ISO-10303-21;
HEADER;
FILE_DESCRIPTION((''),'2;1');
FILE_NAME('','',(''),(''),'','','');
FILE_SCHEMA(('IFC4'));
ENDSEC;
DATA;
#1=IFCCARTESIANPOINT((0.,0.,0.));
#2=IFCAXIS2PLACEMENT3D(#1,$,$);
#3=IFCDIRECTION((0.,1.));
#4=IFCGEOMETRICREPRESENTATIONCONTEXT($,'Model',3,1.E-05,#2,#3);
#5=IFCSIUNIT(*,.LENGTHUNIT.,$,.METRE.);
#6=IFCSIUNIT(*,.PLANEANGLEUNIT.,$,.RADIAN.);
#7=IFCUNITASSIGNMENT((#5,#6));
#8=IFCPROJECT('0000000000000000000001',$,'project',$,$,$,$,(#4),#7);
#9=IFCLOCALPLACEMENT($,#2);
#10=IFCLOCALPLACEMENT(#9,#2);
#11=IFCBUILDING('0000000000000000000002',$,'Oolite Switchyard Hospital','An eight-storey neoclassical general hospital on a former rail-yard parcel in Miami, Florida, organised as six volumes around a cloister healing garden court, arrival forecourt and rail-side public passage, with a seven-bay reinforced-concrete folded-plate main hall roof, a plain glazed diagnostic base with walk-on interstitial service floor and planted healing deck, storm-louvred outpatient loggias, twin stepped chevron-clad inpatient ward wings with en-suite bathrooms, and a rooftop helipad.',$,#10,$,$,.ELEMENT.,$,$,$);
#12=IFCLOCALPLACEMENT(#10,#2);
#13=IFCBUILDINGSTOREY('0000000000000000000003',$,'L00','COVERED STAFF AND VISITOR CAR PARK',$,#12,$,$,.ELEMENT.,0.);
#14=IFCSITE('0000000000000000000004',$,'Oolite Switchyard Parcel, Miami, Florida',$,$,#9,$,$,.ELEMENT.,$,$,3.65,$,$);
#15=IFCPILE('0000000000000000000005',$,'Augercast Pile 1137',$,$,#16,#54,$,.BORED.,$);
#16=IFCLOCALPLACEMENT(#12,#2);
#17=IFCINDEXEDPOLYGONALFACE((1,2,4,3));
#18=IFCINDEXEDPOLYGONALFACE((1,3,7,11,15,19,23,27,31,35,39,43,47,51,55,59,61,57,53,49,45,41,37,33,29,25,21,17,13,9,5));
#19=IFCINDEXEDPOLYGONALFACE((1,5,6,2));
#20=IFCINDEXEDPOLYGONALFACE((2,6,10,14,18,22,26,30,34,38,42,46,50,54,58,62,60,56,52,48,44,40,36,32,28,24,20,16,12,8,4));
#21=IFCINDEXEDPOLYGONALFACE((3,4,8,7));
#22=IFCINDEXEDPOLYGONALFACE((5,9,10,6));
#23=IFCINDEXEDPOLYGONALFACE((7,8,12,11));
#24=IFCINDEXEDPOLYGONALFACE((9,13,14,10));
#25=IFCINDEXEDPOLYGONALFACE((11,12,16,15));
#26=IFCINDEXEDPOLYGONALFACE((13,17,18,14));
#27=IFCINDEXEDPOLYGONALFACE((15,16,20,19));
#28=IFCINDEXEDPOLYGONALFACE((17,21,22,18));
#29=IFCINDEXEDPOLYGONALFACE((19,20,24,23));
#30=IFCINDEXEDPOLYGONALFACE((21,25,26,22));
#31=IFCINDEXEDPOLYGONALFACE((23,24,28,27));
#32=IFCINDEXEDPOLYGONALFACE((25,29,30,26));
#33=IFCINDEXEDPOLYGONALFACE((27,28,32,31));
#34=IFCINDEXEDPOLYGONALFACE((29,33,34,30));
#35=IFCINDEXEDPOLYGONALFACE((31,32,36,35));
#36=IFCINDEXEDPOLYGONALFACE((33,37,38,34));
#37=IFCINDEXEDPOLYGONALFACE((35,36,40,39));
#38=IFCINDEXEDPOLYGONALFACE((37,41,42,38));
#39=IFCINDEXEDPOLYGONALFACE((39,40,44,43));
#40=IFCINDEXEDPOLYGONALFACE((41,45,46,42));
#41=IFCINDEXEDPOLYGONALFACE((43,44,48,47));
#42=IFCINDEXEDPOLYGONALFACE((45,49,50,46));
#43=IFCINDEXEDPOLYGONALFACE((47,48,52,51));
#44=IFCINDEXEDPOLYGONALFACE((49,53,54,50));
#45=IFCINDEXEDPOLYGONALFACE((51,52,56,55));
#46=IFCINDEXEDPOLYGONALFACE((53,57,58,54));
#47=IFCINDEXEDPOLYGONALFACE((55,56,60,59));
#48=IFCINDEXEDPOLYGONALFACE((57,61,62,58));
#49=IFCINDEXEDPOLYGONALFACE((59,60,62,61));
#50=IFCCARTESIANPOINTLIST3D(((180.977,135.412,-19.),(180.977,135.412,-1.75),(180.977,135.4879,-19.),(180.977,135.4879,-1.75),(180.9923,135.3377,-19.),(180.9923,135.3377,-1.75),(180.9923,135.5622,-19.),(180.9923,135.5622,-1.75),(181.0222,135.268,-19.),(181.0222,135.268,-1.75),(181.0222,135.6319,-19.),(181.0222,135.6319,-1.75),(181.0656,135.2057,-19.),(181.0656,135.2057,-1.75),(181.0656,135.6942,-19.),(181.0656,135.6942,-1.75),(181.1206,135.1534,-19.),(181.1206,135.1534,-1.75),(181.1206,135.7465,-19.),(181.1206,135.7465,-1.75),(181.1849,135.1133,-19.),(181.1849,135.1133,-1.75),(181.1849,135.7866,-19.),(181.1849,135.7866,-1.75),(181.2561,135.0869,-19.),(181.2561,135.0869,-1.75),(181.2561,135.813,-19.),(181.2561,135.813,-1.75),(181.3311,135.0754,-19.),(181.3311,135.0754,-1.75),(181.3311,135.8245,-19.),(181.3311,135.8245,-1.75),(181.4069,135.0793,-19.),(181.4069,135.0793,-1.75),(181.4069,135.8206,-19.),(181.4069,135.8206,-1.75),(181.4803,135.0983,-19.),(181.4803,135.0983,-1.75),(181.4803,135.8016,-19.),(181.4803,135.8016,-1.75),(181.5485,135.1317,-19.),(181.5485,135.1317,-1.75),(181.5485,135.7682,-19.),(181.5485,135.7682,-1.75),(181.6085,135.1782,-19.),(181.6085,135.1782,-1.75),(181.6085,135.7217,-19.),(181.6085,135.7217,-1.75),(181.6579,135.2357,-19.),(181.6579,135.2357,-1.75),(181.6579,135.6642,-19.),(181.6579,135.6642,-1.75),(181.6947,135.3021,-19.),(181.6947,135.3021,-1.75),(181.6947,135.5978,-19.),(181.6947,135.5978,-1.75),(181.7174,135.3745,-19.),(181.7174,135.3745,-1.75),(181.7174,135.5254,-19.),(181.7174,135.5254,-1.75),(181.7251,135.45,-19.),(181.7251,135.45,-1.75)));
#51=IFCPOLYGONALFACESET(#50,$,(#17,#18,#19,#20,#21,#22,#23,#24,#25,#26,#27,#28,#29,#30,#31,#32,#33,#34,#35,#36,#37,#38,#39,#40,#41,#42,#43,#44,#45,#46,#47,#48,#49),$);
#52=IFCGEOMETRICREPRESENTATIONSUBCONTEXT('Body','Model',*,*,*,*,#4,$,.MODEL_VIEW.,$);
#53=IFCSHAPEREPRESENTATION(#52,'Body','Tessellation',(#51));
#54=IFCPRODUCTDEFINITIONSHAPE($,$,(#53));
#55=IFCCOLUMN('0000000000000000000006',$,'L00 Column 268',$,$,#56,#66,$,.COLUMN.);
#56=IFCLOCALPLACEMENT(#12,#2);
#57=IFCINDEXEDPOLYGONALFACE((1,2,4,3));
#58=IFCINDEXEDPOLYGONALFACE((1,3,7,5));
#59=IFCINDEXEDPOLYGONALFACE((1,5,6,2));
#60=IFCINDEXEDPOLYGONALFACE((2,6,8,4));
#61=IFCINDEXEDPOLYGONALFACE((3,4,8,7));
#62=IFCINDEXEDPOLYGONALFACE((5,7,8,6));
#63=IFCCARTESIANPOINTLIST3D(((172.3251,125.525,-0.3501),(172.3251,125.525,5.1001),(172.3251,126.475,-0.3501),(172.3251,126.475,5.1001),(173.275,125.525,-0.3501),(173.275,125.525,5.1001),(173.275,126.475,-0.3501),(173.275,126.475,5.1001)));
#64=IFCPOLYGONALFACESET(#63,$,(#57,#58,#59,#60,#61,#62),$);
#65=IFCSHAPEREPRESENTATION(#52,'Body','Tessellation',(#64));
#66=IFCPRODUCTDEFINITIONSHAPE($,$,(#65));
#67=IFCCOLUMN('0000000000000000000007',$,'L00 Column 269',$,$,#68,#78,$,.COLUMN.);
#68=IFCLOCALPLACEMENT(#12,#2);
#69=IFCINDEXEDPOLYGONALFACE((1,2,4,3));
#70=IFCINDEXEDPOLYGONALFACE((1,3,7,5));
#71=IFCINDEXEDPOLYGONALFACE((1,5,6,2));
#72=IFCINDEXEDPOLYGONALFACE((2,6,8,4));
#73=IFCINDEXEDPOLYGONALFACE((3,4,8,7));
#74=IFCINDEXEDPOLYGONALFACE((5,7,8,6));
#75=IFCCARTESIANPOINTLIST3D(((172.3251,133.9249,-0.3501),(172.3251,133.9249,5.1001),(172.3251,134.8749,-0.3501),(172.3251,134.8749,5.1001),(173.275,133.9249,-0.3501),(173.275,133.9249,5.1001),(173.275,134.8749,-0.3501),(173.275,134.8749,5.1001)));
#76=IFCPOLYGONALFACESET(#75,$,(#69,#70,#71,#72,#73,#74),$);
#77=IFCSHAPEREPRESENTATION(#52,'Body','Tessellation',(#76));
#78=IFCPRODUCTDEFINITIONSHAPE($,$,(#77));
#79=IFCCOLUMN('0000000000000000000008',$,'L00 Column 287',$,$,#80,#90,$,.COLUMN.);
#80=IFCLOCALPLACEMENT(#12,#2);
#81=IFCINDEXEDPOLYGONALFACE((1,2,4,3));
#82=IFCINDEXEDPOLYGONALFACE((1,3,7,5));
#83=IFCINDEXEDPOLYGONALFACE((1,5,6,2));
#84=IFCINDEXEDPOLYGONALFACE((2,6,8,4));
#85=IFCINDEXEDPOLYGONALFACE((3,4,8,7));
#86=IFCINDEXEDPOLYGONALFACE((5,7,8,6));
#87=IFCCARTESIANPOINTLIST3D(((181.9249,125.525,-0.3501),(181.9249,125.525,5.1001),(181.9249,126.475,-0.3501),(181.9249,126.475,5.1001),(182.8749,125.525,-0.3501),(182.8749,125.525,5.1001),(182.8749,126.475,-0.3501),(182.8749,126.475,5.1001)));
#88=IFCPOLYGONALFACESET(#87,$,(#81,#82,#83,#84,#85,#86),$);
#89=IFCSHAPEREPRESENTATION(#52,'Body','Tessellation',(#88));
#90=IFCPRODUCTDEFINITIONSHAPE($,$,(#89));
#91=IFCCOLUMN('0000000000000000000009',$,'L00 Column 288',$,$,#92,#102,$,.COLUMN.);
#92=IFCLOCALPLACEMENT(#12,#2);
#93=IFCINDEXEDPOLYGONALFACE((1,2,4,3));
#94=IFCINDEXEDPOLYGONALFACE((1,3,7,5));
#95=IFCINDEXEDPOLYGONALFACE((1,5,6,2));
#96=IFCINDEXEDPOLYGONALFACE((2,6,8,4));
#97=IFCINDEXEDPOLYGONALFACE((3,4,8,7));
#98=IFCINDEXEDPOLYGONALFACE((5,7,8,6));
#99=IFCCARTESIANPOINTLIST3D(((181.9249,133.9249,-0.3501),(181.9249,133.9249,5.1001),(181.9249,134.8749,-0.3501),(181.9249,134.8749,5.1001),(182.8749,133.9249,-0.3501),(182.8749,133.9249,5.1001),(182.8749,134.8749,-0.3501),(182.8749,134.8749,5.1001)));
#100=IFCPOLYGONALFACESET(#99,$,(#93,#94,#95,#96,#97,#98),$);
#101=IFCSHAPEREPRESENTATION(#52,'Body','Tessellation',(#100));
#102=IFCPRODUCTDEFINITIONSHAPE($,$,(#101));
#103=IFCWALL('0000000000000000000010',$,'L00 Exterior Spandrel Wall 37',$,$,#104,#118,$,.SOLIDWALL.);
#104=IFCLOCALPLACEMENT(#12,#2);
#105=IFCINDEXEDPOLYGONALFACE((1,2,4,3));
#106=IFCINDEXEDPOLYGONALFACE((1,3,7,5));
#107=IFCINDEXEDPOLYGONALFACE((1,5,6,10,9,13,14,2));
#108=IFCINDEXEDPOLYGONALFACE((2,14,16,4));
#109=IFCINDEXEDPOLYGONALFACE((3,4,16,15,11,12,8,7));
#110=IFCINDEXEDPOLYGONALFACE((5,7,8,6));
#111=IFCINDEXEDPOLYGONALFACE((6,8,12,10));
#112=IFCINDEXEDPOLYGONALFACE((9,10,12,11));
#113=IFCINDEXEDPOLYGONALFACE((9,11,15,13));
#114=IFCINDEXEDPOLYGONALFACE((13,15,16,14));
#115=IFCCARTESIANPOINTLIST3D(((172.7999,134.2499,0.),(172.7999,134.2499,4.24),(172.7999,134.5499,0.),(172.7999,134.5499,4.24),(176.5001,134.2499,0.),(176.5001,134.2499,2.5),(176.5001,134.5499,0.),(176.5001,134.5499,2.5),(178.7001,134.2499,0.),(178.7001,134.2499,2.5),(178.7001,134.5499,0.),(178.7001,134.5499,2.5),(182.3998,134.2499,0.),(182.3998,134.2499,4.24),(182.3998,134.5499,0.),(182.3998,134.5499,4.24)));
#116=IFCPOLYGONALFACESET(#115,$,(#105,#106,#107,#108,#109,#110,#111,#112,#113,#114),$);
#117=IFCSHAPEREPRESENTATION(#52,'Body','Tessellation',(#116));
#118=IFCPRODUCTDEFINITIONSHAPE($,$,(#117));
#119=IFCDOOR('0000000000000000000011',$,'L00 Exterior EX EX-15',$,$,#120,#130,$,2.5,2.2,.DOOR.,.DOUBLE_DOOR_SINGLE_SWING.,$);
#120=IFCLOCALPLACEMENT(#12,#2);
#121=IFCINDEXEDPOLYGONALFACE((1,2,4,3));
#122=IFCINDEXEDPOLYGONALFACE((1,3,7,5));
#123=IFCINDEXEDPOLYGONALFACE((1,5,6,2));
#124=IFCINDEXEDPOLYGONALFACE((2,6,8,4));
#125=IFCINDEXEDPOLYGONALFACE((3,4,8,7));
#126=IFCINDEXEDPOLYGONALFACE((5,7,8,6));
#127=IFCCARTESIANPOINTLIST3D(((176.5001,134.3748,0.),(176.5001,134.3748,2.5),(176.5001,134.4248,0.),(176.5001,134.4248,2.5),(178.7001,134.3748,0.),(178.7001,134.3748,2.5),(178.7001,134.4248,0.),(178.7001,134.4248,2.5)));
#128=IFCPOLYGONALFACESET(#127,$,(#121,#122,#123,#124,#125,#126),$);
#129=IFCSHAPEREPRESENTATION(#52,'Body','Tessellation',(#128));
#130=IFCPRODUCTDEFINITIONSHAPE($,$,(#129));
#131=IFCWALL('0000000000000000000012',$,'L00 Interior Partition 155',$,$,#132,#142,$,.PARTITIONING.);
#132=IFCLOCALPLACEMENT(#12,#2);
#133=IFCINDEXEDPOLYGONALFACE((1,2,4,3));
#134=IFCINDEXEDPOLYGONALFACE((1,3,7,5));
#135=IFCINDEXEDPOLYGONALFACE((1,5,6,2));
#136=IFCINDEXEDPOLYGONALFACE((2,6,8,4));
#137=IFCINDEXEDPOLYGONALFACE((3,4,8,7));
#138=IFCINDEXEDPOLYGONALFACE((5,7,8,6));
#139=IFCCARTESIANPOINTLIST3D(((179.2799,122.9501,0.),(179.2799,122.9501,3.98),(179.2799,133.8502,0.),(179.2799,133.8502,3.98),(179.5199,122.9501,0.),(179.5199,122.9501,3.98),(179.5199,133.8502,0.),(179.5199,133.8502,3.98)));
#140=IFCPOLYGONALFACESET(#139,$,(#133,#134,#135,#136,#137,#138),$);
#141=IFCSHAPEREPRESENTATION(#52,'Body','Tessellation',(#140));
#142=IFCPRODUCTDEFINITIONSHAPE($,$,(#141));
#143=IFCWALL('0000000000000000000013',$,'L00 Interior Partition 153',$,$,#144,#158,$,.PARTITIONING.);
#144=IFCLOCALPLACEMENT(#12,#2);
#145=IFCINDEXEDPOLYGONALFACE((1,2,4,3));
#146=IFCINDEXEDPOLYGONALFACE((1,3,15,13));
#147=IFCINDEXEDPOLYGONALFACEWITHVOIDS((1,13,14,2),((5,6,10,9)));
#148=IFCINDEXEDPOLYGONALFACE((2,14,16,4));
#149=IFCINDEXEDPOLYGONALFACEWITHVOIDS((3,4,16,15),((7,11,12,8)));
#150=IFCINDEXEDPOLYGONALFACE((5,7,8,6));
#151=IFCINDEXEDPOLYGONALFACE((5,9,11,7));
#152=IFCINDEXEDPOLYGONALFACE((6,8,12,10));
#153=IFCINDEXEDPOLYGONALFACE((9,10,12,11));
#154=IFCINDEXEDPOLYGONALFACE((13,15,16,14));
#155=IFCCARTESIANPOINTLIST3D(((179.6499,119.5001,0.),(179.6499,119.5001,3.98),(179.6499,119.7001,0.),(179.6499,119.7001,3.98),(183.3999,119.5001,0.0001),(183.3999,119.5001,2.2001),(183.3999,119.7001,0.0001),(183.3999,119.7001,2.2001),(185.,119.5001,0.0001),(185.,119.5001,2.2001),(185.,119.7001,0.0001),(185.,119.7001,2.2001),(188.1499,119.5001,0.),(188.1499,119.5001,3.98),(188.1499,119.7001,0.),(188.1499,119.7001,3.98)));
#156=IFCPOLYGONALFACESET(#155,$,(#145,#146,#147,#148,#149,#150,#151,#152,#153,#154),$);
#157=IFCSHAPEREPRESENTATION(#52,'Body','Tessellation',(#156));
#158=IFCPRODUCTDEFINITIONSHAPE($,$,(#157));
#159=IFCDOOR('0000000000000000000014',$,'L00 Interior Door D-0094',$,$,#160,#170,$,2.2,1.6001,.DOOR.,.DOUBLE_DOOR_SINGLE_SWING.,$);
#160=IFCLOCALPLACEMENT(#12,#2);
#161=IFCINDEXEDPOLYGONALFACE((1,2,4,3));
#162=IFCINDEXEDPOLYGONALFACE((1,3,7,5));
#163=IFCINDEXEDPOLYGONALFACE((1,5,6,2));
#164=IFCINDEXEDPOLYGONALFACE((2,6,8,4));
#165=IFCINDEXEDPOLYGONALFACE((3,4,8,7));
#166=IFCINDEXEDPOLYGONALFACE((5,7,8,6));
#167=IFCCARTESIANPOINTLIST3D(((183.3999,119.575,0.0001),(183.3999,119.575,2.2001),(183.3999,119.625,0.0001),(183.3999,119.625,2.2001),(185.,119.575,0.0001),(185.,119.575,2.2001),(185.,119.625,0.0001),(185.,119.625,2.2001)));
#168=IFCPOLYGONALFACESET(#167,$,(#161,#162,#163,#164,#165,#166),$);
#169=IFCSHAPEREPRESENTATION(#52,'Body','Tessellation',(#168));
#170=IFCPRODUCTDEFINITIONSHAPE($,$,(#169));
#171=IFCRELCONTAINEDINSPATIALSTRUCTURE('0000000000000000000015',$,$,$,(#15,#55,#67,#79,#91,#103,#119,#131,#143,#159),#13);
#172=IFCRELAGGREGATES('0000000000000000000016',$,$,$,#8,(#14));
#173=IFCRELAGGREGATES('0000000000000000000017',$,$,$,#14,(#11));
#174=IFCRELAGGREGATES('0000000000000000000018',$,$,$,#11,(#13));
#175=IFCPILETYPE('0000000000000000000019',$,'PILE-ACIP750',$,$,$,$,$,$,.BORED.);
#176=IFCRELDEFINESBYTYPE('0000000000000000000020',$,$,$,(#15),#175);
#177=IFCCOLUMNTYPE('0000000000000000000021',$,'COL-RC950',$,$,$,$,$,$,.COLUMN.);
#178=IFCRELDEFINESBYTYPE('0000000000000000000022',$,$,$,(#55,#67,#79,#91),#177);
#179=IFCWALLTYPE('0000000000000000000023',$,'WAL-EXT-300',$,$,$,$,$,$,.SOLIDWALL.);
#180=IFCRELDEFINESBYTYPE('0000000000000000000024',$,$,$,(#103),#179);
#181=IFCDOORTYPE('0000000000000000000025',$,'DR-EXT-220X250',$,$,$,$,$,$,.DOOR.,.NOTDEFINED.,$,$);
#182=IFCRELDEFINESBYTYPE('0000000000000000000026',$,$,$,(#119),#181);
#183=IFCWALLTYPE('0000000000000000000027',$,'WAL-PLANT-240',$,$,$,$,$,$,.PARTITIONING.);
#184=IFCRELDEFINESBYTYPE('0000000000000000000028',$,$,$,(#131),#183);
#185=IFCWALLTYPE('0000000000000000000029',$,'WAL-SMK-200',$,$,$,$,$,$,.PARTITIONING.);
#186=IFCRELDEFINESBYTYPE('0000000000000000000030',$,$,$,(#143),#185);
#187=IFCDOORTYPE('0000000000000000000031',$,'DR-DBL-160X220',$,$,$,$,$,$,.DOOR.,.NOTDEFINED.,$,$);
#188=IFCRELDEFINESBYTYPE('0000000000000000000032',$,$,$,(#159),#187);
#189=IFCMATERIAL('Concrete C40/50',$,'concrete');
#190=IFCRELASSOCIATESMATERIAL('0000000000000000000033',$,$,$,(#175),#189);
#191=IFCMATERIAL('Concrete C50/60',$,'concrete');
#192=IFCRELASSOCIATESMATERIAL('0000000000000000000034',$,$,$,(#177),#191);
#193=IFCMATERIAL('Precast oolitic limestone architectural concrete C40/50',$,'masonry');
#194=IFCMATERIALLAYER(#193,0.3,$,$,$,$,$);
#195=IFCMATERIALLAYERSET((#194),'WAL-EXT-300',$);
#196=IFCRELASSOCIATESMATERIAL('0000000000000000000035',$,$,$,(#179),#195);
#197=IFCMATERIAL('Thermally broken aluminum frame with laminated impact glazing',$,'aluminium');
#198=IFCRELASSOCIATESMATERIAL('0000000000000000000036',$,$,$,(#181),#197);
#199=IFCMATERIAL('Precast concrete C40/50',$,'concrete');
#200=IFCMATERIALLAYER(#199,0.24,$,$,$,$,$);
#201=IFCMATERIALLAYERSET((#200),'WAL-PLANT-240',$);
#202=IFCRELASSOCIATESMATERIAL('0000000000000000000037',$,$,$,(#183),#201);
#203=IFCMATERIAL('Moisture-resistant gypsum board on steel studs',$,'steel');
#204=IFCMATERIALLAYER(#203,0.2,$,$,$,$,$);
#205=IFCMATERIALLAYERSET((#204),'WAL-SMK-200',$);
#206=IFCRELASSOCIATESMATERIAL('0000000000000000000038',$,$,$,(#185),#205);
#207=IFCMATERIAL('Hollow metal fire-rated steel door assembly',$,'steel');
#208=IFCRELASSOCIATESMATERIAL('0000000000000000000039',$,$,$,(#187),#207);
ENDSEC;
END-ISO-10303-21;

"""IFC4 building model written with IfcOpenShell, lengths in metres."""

from ifc_helpers import new_model, si_unit, direction, frame, frame_2d, origin, origin_2d, place, context, subcontext, project, spatial, rectangle, circle, extrude, material, layer, layer_set, material_profile, profile_set, type_object, element, fill, save


model = new_model("IFC4")

# Units and contexts
model_context = context("Model", 3, precision=1e-05, world=origin(), true_north=direction((0.0, 1.0)))
body_context = subcontext(model_context, "Body", "Model", "MODEL_VIEW")
ifc_project = project(units=[si_unit("LENGTHUNIT", "METRE"), si_unit("PLANEANGLEUNIT", "RADIAN")], contexts=[model_context])

# Site, building, storey
site_placement = place(None, origin())
site = spatial("IfcSite", under=ifc_project, at=site_placement, Name="Oolite Switchyard Parcel, Miami, Florida", CompositionType="ELEMENT", RefElevation=3.65)
building_placement = place(site_placement, origin())
building = spatial("IfcBuilding", under=site, at=building_placement, Name="Oolite Switchyard Hospital", Description="An eight-storey neoclassical general hospital on a former rail-yard parcel in Miami, Florida, organised as six volumes around a cloister healing garden court, arrival forecourt and rail-side public passage, with a seven-bay reinforced-concrete folded-plate main hall roof, a plain glazed diagnostic base with walk-on interstitial service floor and planted healing deck, storm-louvred outpatient loggias, twin stepped chevron-clad inpatient ward wings with en-suite bathrooms, and a rooftop helipad.", CompositionType="ELEMENT")
storey_placement = place(building_placement, origin())
storey = spatial("IfcBuildingStorey", under=building, at=storey_placement, Name="L00", Description="COVERED STAFF AND VISITOR CAR PARK", CompositionType="ELEMENT", Elevation=0.0)

# Shared definitions
ifc_material_1 = material(Name="Concrete C40/50", Category="concrete")

# Pile
ifc_material_profile_1 = material_profile(ifc_material_1, circle(Radius=0.375, at=origin_2d()), Name="PILE750")
ifc_profile_set_1 = profile_set([ifc_material_profile_1], Name="Concrete C40/50")
pile_type = type_object("IfcPileType", Name="PILE-ACIP750", PredefinedType="BORED", material=ifc_profile_set_1)
for number, where, z_axis, x_axis, name in (
    (1, (181.3501, 135.45, -1.75), (0.0, 0.0, -1.0), (1.0, 0.0, 0.0), "Augercast Pile 1137"),
):
    element("IfcPile", number, at=place(storey_placement, frame(where, z_axis=z_axis, x_axis=x_axis)), inside=storey, type_object=pile_type, Name=name, PredefinedType="BORED", context=body_context, shape_type="SweptSolid", body=[
        extrude(circle(Radius=0.375, at=origin_2d()), origin(), (0.0, 0.0, 1.0), 17.25),
    ])

# Columns
ifc_material_2 = material(Name="Concrete C50/60", Category="concrete")
ifc_material_profile_2 = material_profile(ifc_material_2, rectangle(XDim=0.95, YDim=0.95, at=origin_2d()), Name="RC950X950")
ifc_profile_set_2 = profile_set([ifc_material_profile_2], Name="Concrete C50/60")
column_type = type_object("IfcColumnType", Name="COL-RC950", PredefinedType="COLUMN", material=ifc_profile_set_2)
for number, where, z_axis, x_axis, name in (
    (2, (172.8, 126.0, -0.3501), (0.0, 0.0, 1.0), (1.0, 0.0, 0.0), "L00 Column 268"),
    (3, (172.8, 134.3999, -0.3501), (0.0, 0.0, 1.0), (1.0, 0.0, 0.0), "L00 Column 269"),
    (4, (182.3999, 126.0, -0.3501), (0.0, 0.0, 1.0), (1.0, 0.0, 0.0), "L00 Column 287"),
    (5, (182.3999, 134.3999, -0.3501), (0.0, 0.0, 1.0), (1.0, 0.0, 0.0), "L00 Column 288"),
):
    element("IfcColumn", number, at=place(storey_placement, frame(where, z_axis=z_axis, x_axis=x_axis)), inside=storey, type_object=column_type, Name=name, PredefinedType="COLUMN", context=body_context, shape_type="SweptSolid", body=[
        extrude(rectangle(XDim=0.95, YDim=0.95, at=origin_2d()), origin(), (0.0, 0.0, 1.0), 5.4502),
    ])

# Wall, opening, door
ifc_material_3 = material(Name="Precast oolitic limestone architectural concrete C40/50", Category="masonry")
ifc_layer_1 = layer(ifc_material_3, 0.3)
ifc_layer_set_1 = layer_set([ifc_layer_1], Name="WAL-EXT-300")
wall_type_1 = type_object("IfcWallType", Name="WAL-EXT-300", PredefinedType="SOLIDWALL", material=ifc_layer_set_1)
wall_1_placement = place(storey_placement, frame((172.8, 134.3999, 0.0), z_axis=(0.0, 0.0, 1.0), x_axis=(1.0, 0.0, 0.0)))
wall_1 = element("IfcWall", 6, at=wall_1_placement, inside=storey, type_object=wall_type_1, Name="L00 Exterior Spandrel Wall 37", PredefinedType="SOLIDWALL", context=body_context, shape_type="SweptSolid", body=[
    extrude(rectangle(XDim=9.5999, YDim=0.3, at=frame_2d((4.7998, 0.0))), origin(), (0.0, 0.0, 1.0), 4.24),
])
opening_1_placement = place(wall_1_placement, frame((3.7, 0.0, 0.0)))
opening_1 = element("IfcOpeningElement", 7, at=opening_1_placement, cuts=wall_1, PredefinedType="OPENING", context=body_context, shape_type="SweptSolid", body=[
    extrude(rectangle(XDim=2.2, YDim=2.5, at=frame_2d((1.1001, 1.25))), frame((0.0, 0.1602, 0.0), z_axis=(0.0, -1.0, 0.0), x_axis=(1.0, 0.0, 0.0)), (0.0, 0.0, 1.0), 0.3201),
])
ifc_material_4 = material(Name="Thermally broken aluminum frame with laminated impact glazing", Category="aluminium")
door_type_1 = type_object("IfcDoorType", Name="DR-EXT-220X250", OperationType="NOTDEFINED", PredefinedType="DOOR", material=ifc_material_4)
door_1_placement = place(opening_1_placement, origin())
door_1 = element("IfcDoor", 8, at=door_1_placement, inside=storey, type_object=door_type_1, Name="L00 Exterior EX EX-15", OperationType="DOUBLE_DOOR_SINGLE_SWING", OverallHeight=2.5, OverallWidth=2.2, PredefinedType="DOOR", context=body_context, shape_type="SweptSolid", body=[
    extrude(rectangle(XDim=2.2, YDim=2.5, at=frame_2d((1.1001, 1.25))), frame((0.0, 0.0249, 0.0), z_axis=(0.0, -1.0, 0.0), x_axis=(1.0, 0.0, 0.0)), (0.0, 0.0, 1.0), 0.05),
])
fill(opening_1, door_1)
ifc_material_5 = material(Name="Precast concrete C40/50", Category="concrete")
ifc_layer_2 = layer(ifc_material_5, 0.24)
ifc_layer_set_2 = layer_set([ifc_layer_2], Name="WAL-PLANT-240")
wall_type_2 = type_object("IfcWallType", Name="WAL-PLANT-240", PredefinedType="PARTITIONING", material=ifc_layer_set_2)
ifc_material_6 = material(Name="Hollow metal fire-rated steel door assembly", Category="steel")

# Wall
wall_2_placement = place(storey_placement, frame((179.3999, 122.95, 0.0), z_axis=(0.0, 0.0, 1.0), x_axis=(0.0, 1.0, 0.0)))
element("IfcWall", 9, at=wall_2_placement, inside=storey, type_object=wall_type_2, Name="L00 Interior Partition 155", PredefinedType="PARTITIONING", context=body_context, shape_type="SweptSolid", body=[
    extrude(rectangle(XDim=10.9001, YDim=0.24, at=frame_2d((5.4502, 0.0))), origin(), (0.0, 0.0, 1.0), 3.98),
])

# Wall, opening, door
ifc_material_7 = material(Name="Moisture-resistant gypsum board on steel studs", Category="steel")
ifc_layer_3 = layer(ifc_material_7, 0.2)
ifc_layer_set_3 = layer_set([ifc_layer_3], Name="WAL-SMK-200")
wall_type_3 = type_object("IfcWallType", Name="WAL-SMK-200", PredefinedType="PARTITIONING", material=ifc_layer_set_3)
wall_3_placement = place(storey_placement, frame((179.6499, 119.6001, 0.0), z_axis=(0.0, 0.0, 1.0), x_axis=(1.0, 0.0, 0.0)))
wall_3 = element("IfcWall", 10, at=wall_3_placement, inside=storey, type_object=wall_type_3, Name="L00 Interior Partition 153", PredefinedType="PARTITIONING", context=body_context, shape_type="SweptSolid", body=[
    extrude(rectangle(XDim=8.5, YDim=0.2, at=frame_2d((4.25, 0.0))), origin(), (0.0, 0.0, 1.0), 3.98),
])
opening_2_placement = place(wall_3_placement, frame((3.75, 0.0, 0.0)))
opening_2 = element("IfcOpeningElement", 11, at=opening_2_placement, cuts=wall_3, PredefinedType="OPENING", context=body_context, shape_type="SweptSolid", body=[
    extrude(rectangle(XDim=1.6001, YDim=2.2, at=frame_2d((0.8, 1.1001))), frame((0.0, 0.1099, 0.0), z_axis=(0.0, -1.0, 0.0), x_axis=(1.0, 0.0, 0.0)), (0.0, 0.0, 1.0), 0.22),
])
door_type_2 = type_object("IfcDoorType", Name="DR-DBL-160X220", OperationType="NOTDEFINED", PredefinedType="DOOR", material=ifc_material_6)
door_2_placement = place(opening_2_placement, origin())
door_2 = element("IfcDoor", 12, at=door_2_placement, inside=storey, type_object=door_type_2, Name="L00 Interior Door D-0094", OperationType="DOUBLE_DOOR_SINGLE_SWING", OverallHeight=2.2, OverallWidth=1.6001, PredefinedType="DOOR", context=body_context, shape_type="SweptSolid", body=[
    extrude(rectangle(XDim=1.6001, YDim=2.2, at=frame_2d((0.8, 1.1001))), frame((0.0, 0.0249, 0.0), z_axis=(0.0, -1.0, 0.0), x_axis=(1.0, 0.0, 0.0)), (0.0, 0.0, 1.0), 0.05),
])
fill(opening_2, door_2)

save(model, "model.ifc")
